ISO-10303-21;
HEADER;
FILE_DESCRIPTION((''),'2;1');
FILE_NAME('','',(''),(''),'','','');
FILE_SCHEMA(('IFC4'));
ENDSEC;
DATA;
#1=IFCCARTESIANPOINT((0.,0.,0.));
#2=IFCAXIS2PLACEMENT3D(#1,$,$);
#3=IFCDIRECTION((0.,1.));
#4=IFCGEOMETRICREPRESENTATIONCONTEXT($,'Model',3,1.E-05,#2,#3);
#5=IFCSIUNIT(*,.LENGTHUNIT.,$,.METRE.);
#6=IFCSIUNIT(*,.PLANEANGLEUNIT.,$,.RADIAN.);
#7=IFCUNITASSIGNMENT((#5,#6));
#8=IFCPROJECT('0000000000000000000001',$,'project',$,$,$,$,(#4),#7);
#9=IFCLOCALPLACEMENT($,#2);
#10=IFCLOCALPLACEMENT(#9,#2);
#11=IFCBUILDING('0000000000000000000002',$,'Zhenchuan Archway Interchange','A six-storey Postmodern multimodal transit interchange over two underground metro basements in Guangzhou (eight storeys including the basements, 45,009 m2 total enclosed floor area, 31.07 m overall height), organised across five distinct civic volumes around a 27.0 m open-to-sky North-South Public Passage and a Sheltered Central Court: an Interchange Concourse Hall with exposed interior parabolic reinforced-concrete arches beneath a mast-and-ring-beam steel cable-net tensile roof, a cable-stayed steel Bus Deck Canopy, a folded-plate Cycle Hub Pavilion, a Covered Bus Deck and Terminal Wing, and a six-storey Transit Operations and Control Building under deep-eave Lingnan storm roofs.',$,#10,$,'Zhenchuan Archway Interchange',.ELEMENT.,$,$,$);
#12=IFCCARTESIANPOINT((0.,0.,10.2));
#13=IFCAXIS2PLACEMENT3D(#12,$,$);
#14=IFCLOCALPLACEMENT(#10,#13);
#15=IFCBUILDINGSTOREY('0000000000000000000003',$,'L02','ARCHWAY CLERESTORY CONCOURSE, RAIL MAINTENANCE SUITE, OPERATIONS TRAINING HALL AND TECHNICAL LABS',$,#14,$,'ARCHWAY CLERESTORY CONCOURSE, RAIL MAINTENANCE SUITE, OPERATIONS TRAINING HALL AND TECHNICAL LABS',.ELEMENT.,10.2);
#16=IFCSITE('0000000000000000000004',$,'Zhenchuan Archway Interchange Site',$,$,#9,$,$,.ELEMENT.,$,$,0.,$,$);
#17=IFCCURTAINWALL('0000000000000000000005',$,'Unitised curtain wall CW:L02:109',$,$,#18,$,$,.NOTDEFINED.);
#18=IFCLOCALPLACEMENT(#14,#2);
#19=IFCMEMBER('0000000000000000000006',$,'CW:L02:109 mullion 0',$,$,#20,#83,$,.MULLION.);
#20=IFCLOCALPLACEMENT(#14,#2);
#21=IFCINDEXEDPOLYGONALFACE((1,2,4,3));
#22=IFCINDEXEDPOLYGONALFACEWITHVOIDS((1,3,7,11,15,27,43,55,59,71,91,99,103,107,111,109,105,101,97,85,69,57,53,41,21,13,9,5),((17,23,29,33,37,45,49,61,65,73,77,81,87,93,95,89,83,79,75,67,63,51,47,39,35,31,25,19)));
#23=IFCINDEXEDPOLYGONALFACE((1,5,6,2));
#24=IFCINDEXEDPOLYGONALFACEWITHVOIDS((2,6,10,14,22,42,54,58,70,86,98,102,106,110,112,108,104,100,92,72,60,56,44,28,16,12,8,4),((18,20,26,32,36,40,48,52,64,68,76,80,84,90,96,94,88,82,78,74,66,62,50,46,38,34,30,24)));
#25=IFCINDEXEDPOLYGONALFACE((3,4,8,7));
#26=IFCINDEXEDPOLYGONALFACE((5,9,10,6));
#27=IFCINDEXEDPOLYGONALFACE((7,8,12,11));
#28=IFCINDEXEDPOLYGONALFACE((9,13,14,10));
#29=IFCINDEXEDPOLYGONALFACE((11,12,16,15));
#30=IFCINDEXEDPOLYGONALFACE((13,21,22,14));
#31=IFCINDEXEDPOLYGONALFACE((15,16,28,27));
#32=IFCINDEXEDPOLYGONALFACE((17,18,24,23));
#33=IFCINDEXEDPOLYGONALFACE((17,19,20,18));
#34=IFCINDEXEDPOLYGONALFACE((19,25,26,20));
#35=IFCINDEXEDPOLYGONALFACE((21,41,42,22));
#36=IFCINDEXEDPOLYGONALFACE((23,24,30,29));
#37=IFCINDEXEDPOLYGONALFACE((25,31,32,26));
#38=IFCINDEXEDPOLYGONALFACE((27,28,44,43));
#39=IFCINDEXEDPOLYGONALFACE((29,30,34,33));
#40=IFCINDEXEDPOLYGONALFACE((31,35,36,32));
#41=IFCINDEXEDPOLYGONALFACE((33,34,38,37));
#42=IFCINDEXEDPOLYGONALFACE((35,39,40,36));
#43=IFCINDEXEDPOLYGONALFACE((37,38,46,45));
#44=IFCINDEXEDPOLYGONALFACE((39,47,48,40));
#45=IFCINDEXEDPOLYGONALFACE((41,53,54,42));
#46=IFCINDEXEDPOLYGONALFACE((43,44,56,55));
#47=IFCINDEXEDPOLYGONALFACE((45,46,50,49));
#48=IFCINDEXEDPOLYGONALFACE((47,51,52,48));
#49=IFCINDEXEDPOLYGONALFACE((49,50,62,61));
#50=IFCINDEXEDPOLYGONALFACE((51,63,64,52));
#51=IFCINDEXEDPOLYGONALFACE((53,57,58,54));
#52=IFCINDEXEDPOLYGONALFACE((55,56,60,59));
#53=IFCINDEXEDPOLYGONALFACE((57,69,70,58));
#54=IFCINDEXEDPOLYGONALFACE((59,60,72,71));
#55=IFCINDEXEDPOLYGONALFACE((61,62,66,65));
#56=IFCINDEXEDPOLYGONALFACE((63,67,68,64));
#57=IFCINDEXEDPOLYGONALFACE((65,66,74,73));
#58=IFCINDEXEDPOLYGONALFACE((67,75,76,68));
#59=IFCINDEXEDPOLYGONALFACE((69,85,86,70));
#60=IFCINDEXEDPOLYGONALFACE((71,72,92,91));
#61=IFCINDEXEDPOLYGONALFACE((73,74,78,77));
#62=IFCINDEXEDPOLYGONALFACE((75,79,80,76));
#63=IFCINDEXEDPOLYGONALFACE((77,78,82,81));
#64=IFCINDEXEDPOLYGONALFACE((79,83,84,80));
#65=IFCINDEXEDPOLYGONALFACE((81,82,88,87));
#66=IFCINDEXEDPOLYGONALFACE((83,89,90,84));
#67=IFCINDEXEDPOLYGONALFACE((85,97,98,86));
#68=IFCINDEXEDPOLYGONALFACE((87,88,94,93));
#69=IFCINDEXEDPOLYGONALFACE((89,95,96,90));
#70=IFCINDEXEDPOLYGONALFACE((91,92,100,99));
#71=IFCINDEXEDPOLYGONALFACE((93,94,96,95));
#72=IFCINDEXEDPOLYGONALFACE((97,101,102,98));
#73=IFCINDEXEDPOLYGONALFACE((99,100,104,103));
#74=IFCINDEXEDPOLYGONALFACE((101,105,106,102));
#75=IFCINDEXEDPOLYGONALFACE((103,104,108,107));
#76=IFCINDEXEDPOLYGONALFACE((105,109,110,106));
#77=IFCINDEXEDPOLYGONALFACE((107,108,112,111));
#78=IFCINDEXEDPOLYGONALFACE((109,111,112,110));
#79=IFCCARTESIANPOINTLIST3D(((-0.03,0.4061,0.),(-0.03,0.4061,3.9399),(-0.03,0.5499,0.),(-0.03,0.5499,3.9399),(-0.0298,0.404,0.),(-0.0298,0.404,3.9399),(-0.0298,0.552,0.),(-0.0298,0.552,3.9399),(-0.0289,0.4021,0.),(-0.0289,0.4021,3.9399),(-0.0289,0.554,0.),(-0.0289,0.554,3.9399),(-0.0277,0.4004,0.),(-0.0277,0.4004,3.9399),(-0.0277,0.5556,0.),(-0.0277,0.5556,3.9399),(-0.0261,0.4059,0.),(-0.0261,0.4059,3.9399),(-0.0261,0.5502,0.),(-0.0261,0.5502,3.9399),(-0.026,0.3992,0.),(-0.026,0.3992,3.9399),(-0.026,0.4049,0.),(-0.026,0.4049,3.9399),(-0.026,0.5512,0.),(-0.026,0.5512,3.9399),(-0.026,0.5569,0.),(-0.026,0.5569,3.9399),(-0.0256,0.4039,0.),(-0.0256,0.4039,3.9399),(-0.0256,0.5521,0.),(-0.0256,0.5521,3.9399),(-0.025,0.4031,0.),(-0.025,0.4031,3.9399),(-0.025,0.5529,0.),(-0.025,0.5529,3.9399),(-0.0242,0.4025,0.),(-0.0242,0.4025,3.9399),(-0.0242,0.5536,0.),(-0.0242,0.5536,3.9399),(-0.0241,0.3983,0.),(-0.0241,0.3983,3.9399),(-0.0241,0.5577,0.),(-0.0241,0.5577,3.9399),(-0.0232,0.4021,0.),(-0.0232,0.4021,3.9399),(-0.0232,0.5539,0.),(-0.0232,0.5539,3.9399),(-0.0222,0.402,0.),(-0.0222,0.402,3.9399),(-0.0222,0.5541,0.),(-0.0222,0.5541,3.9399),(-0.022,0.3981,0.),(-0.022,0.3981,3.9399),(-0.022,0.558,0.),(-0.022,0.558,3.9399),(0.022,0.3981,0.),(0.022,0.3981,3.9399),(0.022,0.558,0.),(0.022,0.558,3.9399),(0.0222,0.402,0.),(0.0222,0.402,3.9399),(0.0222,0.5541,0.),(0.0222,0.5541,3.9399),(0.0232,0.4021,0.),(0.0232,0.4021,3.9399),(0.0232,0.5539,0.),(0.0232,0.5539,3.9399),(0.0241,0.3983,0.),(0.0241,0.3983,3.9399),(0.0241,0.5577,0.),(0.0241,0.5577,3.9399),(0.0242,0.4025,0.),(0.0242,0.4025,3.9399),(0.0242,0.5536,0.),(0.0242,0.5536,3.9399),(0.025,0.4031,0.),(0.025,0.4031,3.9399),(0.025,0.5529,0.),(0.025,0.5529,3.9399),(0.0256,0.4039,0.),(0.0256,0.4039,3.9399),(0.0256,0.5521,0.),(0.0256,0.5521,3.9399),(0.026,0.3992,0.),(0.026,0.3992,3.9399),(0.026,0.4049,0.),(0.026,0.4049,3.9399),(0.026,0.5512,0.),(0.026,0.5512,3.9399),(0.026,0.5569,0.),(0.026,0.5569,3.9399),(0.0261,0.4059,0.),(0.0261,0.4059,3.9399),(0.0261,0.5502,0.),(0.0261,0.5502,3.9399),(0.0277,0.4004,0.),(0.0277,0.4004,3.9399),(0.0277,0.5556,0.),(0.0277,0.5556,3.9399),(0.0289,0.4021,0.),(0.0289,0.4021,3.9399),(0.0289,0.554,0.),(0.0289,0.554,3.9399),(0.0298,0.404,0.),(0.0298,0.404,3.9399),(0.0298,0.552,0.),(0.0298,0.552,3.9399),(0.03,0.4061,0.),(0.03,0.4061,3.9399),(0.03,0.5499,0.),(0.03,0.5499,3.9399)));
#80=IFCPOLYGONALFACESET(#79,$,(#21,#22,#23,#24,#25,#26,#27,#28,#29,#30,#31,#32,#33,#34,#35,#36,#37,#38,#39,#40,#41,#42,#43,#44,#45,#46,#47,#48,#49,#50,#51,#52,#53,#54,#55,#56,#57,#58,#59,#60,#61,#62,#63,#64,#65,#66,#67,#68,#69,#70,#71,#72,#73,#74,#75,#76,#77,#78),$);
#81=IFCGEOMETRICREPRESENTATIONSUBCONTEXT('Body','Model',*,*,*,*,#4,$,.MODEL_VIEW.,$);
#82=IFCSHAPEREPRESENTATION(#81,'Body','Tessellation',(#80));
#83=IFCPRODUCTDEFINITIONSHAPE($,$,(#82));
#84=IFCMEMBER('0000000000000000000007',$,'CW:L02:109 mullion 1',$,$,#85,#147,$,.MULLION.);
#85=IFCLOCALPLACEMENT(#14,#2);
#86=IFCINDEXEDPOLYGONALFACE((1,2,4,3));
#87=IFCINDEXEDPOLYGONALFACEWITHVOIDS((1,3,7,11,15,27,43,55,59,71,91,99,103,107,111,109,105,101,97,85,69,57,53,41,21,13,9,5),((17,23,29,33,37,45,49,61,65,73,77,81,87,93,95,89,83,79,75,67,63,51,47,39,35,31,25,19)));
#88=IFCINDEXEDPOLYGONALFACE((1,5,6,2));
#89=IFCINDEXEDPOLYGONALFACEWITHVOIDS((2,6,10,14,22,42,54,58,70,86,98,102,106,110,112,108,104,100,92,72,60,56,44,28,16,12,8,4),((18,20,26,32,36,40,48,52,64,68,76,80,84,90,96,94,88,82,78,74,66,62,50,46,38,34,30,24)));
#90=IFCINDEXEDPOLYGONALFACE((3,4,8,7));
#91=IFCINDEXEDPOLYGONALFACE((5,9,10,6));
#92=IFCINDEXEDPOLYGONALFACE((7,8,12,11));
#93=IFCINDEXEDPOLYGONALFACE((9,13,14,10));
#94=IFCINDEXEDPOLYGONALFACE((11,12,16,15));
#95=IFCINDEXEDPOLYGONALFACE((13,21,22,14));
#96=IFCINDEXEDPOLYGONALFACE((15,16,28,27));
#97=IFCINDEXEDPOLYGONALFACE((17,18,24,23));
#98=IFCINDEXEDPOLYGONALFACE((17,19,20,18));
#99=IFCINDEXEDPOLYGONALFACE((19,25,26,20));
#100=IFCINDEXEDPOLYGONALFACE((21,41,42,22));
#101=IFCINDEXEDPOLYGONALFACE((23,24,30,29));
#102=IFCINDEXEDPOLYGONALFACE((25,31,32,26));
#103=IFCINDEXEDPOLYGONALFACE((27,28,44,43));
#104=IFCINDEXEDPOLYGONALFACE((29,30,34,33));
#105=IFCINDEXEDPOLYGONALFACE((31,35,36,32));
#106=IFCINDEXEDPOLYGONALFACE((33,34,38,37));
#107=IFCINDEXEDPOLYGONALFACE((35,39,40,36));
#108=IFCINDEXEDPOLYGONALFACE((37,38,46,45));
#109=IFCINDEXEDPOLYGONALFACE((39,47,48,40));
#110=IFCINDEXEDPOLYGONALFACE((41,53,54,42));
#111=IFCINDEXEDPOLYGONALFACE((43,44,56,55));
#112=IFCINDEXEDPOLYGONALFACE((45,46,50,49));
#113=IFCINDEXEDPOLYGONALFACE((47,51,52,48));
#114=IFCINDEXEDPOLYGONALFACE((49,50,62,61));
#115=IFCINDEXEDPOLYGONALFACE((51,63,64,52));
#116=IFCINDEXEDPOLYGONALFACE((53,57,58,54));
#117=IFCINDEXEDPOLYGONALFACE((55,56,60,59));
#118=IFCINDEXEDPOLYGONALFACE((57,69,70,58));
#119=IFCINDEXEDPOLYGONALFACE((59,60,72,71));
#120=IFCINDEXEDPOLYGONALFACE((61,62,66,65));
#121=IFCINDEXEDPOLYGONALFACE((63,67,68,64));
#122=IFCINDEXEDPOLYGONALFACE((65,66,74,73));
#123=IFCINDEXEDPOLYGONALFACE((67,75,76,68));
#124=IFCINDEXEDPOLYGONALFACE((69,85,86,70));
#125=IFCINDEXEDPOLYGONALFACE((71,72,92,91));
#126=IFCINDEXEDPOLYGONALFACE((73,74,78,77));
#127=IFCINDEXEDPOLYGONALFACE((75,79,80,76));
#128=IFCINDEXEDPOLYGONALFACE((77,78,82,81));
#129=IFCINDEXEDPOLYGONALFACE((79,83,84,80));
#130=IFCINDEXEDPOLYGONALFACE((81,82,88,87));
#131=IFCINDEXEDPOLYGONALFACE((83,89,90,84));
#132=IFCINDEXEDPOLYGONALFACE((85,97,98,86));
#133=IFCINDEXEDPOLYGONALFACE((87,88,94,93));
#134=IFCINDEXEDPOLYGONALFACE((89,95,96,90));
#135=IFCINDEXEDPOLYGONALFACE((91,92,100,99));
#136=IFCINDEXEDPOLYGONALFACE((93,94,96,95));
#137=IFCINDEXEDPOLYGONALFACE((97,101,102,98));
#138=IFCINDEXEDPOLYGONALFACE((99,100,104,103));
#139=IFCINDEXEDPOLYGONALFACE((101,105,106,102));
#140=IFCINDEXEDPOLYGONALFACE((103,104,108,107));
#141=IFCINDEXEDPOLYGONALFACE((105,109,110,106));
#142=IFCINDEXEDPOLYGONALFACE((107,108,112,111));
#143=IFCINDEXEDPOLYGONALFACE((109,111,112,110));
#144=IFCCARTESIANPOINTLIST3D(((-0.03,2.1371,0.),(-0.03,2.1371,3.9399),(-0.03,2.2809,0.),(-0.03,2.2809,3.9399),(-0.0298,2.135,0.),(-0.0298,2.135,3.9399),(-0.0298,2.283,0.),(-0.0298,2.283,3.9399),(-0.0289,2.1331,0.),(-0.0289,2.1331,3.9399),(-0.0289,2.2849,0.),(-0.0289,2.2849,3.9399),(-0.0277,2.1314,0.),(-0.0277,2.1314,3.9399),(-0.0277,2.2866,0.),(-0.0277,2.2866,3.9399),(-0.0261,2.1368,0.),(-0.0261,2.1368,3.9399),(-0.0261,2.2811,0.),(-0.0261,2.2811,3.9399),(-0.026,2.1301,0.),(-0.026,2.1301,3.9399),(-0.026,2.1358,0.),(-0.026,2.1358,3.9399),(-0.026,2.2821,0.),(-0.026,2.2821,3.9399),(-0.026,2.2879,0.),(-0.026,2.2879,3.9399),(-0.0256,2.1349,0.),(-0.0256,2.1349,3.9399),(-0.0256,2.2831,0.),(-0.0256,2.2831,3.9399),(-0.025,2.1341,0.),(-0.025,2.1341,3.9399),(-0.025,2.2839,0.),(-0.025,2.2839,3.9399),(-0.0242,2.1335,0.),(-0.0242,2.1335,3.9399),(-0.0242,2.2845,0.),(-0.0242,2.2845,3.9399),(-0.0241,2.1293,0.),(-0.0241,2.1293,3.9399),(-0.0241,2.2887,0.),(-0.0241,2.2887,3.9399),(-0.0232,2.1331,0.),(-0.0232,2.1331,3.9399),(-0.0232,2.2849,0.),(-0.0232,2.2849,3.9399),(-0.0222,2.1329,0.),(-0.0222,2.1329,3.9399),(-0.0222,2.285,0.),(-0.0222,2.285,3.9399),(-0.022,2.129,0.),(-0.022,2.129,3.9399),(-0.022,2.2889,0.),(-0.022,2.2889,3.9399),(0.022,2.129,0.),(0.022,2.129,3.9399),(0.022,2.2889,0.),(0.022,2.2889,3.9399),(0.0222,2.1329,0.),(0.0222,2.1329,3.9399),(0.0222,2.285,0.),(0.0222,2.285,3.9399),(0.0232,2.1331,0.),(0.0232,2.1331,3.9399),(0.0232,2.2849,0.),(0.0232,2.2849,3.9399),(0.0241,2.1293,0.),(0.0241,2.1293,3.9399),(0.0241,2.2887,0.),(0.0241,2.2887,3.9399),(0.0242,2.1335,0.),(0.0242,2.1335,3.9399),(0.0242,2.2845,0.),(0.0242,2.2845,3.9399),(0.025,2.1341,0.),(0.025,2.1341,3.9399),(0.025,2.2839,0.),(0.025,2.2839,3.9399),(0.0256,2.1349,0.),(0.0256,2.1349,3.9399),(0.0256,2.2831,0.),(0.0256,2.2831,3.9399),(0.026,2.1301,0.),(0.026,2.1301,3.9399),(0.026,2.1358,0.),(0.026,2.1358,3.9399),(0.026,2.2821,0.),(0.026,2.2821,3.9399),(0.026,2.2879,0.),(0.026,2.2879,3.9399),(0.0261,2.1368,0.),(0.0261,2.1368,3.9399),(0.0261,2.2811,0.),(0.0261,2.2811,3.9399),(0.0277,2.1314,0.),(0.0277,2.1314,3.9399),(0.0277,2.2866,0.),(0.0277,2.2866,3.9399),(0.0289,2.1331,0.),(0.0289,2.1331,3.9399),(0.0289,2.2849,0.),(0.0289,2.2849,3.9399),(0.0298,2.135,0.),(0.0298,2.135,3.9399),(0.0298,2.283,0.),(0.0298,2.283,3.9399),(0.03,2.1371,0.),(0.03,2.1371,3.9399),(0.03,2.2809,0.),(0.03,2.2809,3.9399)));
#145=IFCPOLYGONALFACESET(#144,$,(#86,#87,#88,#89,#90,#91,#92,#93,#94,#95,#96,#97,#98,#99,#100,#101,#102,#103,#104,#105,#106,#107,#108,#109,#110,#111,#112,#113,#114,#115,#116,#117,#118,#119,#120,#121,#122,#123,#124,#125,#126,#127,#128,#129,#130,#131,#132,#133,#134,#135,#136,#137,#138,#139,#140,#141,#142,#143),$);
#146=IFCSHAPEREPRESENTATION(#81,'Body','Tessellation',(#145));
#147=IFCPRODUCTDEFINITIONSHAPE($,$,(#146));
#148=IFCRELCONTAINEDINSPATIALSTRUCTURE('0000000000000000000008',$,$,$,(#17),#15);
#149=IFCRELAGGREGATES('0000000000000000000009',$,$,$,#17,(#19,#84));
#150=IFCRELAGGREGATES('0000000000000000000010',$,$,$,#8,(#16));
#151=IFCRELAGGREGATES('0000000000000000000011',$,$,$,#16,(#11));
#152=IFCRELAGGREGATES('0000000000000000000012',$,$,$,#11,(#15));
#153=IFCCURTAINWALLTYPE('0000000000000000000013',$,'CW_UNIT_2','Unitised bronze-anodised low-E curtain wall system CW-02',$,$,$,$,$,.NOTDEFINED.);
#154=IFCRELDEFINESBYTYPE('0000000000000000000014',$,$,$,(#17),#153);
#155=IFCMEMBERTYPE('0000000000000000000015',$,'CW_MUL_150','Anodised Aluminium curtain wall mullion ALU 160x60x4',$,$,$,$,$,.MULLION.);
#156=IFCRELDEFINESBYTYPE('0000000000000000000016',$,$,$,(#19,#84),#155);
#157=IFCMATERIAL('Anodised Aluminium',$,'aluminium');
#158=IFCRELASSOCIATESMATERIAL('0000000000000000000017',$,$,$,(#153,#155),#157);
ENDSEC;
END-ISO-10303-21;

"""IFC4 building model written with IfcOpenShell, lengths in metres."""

from ifc_helpers import new_model, si_unit, direction, frame, origin, origin_2d, place, context, subcontext, project, spatial, hollow_rectangle, extrude, material, material_profile, profile_set, type_object, element, aggregate, save


model = new_model("IFC4")

# Units and contexts
model_context = context("Model", 3, precision=1e-05, world=origin(), true_north=direction((0.0, 1.0)))
body_context = subcontext(model_context, "Body", "Model", "MODEL_VIEW")
ifc_project = project(units=[si_unit("LENGTHUNIT", "METRE"), si_unit("PLANEANGLEUNIT", "RADIAN")], contexts=[model_context])

# Site, building, storey
site_placement = place(None, origin())
site = spatial("IfcSite", under=ifc_project, at=site_placement, Name="Zhenchuan Archway Interchange Site", CompositionType="ELEMENT", RefElevation=0.0)
building_placement = place(site_placement, origin())
building = spatial("IfcBuilding", under=site, at=building_placement, Name="Zhenchuan Archway Interchange", Description="A six-storey Postmodern multimodal transit interchange over two underground metro basements in Guangzhou (eight storeys including the basements, 45,009 m2 total enclosed floor area, 31.07 m overall height), organised across five distinct civic volumes around a 27.0 m open-to-sky North-South Public Passage and a Sheltered Central Court: an Interchange Concourse Hall with exposed interior parabolic reinforced-concrete arches beneath a mast-and-ring-beam steel cable-net tensile roof, a cable-stayed steel Bus Deck Canopy, a folded-plate Cycle Hub Pavilion, a Covered Bus Deck and Terminal Wing, and a six-storey Transit Operations and Control Building under deep-eave Lingnan storm roofs.", LongName="Zhenchuan Archway Interchange", CompositionType="ELEMENT")
storey_placement = place(building_placement, frame((0.0, 0.0, 10.2)))
storey = spatial("IfcBuildingStorey", under=building, at=storey_placement, Name="L02", Description="ARCHWAY CLERESTORY CONCOURSE, RAIL MAINTENANCE SUITE, OPERATIONS TRAINING HALL AND TECHNICAL LABS", LongName="ARCHWAY CLERESTORY CONCOURSE, RAIL MAINTENANCE SUITE, OPERATIONS TRAINING HALL AND TECHNICAL LABS", CompositionType="ELEMENT", Elevation=10.2)

# Curtain wall, members
ifc_material_1 = material(Name="Anodised Aluminium", Category="aluminium")
curtain_wall_type = type_object("IfcCurtainWallType", Name="CW_UNIT_2", Description="Unitised bronze-anodised low-E curtain wall system CW-02", PredefinedType="NOTDEFINED", material=ifc_material_1)
curtain_wall_placement = place(storey_placement, origin())
curtain_wall = element("IfcCurtainWall", 1, at=curtain_wall_placement, inside=storey, type_object=curtain_wall_type, Name="Unitised curtain wall CW:L02:109", PredefinedType="NOTDEFINED")
ifc_material_profile_1 = material_profile(ifc_material_1, hollow_rectangle(XDim=0.0601, YDim=0.1599, WallThickness=0.0039, InnerFilletRadius=0.0039, OuterFilletRadius=0.0081, at=origin_2d()), Name="ALU 160x60x4")
ifc_profile_set_1 = profile_set([ifc_material_profile_1], Name="Anodised Aluminium")
member_type_1 = type_object("IfcMemberType", Name="CW_MUL_150", Description="Anodised Aluminium curtain wall mullion ALU 160x60x4", PredefinedType="MULLION", material=ifc_profile_set_1)
member_1_placement = place(storey_placement, frame((0.0, 0.478, 0.0), z_axis=(0.0, 0.0, 1.0), x_axis=(1.0, 0.0, 0.0)))
member_1 = element("IfcMember", 2, at=member_1_placement, type_object=member_type_1, Name="CW:L02:109 mullion 0", PredefinedType="MULLION", context=body_context, shape_type="SweptSolid", body=[
    extrude(hollow_rectangle(XDim=0.0601, YDim=0.1599, WallThickness=0.0039, InnerFilletRadius=0.0039, OuterFilletRadius=0.0081, at=origin_2d()), origin(), (0.0, 0.0, 1.0), 3.9399),
])
member_2_placement = place(storey_placement, frame((0.0, 2.209, 0.0), z_axis=(0.0, 0.0, 1.0), x_axis=(1.0, 0.0, 0.0)))
member_2 = element("IfcMember", 3, at=member_2_placement, type_object=member_type_1, Name="CW:L02:109 mullion 1", PredefinedType="MULLION", context=body_context, shape_type="SweptSolid", body=[
    extrude(hollow_rectangle(XDim=0.0601, YDim=0.1599, WallThickness=0.0039, InnerFilletRadius=0.0039, OuterFilletRadius=0.0081, at=origin_2d()), origin(), (0.0, 0.0, 1.0), 3.9399),
])

aggregate(curtain_wall, [member_1, member_2])

save(model, "model.ifc")
